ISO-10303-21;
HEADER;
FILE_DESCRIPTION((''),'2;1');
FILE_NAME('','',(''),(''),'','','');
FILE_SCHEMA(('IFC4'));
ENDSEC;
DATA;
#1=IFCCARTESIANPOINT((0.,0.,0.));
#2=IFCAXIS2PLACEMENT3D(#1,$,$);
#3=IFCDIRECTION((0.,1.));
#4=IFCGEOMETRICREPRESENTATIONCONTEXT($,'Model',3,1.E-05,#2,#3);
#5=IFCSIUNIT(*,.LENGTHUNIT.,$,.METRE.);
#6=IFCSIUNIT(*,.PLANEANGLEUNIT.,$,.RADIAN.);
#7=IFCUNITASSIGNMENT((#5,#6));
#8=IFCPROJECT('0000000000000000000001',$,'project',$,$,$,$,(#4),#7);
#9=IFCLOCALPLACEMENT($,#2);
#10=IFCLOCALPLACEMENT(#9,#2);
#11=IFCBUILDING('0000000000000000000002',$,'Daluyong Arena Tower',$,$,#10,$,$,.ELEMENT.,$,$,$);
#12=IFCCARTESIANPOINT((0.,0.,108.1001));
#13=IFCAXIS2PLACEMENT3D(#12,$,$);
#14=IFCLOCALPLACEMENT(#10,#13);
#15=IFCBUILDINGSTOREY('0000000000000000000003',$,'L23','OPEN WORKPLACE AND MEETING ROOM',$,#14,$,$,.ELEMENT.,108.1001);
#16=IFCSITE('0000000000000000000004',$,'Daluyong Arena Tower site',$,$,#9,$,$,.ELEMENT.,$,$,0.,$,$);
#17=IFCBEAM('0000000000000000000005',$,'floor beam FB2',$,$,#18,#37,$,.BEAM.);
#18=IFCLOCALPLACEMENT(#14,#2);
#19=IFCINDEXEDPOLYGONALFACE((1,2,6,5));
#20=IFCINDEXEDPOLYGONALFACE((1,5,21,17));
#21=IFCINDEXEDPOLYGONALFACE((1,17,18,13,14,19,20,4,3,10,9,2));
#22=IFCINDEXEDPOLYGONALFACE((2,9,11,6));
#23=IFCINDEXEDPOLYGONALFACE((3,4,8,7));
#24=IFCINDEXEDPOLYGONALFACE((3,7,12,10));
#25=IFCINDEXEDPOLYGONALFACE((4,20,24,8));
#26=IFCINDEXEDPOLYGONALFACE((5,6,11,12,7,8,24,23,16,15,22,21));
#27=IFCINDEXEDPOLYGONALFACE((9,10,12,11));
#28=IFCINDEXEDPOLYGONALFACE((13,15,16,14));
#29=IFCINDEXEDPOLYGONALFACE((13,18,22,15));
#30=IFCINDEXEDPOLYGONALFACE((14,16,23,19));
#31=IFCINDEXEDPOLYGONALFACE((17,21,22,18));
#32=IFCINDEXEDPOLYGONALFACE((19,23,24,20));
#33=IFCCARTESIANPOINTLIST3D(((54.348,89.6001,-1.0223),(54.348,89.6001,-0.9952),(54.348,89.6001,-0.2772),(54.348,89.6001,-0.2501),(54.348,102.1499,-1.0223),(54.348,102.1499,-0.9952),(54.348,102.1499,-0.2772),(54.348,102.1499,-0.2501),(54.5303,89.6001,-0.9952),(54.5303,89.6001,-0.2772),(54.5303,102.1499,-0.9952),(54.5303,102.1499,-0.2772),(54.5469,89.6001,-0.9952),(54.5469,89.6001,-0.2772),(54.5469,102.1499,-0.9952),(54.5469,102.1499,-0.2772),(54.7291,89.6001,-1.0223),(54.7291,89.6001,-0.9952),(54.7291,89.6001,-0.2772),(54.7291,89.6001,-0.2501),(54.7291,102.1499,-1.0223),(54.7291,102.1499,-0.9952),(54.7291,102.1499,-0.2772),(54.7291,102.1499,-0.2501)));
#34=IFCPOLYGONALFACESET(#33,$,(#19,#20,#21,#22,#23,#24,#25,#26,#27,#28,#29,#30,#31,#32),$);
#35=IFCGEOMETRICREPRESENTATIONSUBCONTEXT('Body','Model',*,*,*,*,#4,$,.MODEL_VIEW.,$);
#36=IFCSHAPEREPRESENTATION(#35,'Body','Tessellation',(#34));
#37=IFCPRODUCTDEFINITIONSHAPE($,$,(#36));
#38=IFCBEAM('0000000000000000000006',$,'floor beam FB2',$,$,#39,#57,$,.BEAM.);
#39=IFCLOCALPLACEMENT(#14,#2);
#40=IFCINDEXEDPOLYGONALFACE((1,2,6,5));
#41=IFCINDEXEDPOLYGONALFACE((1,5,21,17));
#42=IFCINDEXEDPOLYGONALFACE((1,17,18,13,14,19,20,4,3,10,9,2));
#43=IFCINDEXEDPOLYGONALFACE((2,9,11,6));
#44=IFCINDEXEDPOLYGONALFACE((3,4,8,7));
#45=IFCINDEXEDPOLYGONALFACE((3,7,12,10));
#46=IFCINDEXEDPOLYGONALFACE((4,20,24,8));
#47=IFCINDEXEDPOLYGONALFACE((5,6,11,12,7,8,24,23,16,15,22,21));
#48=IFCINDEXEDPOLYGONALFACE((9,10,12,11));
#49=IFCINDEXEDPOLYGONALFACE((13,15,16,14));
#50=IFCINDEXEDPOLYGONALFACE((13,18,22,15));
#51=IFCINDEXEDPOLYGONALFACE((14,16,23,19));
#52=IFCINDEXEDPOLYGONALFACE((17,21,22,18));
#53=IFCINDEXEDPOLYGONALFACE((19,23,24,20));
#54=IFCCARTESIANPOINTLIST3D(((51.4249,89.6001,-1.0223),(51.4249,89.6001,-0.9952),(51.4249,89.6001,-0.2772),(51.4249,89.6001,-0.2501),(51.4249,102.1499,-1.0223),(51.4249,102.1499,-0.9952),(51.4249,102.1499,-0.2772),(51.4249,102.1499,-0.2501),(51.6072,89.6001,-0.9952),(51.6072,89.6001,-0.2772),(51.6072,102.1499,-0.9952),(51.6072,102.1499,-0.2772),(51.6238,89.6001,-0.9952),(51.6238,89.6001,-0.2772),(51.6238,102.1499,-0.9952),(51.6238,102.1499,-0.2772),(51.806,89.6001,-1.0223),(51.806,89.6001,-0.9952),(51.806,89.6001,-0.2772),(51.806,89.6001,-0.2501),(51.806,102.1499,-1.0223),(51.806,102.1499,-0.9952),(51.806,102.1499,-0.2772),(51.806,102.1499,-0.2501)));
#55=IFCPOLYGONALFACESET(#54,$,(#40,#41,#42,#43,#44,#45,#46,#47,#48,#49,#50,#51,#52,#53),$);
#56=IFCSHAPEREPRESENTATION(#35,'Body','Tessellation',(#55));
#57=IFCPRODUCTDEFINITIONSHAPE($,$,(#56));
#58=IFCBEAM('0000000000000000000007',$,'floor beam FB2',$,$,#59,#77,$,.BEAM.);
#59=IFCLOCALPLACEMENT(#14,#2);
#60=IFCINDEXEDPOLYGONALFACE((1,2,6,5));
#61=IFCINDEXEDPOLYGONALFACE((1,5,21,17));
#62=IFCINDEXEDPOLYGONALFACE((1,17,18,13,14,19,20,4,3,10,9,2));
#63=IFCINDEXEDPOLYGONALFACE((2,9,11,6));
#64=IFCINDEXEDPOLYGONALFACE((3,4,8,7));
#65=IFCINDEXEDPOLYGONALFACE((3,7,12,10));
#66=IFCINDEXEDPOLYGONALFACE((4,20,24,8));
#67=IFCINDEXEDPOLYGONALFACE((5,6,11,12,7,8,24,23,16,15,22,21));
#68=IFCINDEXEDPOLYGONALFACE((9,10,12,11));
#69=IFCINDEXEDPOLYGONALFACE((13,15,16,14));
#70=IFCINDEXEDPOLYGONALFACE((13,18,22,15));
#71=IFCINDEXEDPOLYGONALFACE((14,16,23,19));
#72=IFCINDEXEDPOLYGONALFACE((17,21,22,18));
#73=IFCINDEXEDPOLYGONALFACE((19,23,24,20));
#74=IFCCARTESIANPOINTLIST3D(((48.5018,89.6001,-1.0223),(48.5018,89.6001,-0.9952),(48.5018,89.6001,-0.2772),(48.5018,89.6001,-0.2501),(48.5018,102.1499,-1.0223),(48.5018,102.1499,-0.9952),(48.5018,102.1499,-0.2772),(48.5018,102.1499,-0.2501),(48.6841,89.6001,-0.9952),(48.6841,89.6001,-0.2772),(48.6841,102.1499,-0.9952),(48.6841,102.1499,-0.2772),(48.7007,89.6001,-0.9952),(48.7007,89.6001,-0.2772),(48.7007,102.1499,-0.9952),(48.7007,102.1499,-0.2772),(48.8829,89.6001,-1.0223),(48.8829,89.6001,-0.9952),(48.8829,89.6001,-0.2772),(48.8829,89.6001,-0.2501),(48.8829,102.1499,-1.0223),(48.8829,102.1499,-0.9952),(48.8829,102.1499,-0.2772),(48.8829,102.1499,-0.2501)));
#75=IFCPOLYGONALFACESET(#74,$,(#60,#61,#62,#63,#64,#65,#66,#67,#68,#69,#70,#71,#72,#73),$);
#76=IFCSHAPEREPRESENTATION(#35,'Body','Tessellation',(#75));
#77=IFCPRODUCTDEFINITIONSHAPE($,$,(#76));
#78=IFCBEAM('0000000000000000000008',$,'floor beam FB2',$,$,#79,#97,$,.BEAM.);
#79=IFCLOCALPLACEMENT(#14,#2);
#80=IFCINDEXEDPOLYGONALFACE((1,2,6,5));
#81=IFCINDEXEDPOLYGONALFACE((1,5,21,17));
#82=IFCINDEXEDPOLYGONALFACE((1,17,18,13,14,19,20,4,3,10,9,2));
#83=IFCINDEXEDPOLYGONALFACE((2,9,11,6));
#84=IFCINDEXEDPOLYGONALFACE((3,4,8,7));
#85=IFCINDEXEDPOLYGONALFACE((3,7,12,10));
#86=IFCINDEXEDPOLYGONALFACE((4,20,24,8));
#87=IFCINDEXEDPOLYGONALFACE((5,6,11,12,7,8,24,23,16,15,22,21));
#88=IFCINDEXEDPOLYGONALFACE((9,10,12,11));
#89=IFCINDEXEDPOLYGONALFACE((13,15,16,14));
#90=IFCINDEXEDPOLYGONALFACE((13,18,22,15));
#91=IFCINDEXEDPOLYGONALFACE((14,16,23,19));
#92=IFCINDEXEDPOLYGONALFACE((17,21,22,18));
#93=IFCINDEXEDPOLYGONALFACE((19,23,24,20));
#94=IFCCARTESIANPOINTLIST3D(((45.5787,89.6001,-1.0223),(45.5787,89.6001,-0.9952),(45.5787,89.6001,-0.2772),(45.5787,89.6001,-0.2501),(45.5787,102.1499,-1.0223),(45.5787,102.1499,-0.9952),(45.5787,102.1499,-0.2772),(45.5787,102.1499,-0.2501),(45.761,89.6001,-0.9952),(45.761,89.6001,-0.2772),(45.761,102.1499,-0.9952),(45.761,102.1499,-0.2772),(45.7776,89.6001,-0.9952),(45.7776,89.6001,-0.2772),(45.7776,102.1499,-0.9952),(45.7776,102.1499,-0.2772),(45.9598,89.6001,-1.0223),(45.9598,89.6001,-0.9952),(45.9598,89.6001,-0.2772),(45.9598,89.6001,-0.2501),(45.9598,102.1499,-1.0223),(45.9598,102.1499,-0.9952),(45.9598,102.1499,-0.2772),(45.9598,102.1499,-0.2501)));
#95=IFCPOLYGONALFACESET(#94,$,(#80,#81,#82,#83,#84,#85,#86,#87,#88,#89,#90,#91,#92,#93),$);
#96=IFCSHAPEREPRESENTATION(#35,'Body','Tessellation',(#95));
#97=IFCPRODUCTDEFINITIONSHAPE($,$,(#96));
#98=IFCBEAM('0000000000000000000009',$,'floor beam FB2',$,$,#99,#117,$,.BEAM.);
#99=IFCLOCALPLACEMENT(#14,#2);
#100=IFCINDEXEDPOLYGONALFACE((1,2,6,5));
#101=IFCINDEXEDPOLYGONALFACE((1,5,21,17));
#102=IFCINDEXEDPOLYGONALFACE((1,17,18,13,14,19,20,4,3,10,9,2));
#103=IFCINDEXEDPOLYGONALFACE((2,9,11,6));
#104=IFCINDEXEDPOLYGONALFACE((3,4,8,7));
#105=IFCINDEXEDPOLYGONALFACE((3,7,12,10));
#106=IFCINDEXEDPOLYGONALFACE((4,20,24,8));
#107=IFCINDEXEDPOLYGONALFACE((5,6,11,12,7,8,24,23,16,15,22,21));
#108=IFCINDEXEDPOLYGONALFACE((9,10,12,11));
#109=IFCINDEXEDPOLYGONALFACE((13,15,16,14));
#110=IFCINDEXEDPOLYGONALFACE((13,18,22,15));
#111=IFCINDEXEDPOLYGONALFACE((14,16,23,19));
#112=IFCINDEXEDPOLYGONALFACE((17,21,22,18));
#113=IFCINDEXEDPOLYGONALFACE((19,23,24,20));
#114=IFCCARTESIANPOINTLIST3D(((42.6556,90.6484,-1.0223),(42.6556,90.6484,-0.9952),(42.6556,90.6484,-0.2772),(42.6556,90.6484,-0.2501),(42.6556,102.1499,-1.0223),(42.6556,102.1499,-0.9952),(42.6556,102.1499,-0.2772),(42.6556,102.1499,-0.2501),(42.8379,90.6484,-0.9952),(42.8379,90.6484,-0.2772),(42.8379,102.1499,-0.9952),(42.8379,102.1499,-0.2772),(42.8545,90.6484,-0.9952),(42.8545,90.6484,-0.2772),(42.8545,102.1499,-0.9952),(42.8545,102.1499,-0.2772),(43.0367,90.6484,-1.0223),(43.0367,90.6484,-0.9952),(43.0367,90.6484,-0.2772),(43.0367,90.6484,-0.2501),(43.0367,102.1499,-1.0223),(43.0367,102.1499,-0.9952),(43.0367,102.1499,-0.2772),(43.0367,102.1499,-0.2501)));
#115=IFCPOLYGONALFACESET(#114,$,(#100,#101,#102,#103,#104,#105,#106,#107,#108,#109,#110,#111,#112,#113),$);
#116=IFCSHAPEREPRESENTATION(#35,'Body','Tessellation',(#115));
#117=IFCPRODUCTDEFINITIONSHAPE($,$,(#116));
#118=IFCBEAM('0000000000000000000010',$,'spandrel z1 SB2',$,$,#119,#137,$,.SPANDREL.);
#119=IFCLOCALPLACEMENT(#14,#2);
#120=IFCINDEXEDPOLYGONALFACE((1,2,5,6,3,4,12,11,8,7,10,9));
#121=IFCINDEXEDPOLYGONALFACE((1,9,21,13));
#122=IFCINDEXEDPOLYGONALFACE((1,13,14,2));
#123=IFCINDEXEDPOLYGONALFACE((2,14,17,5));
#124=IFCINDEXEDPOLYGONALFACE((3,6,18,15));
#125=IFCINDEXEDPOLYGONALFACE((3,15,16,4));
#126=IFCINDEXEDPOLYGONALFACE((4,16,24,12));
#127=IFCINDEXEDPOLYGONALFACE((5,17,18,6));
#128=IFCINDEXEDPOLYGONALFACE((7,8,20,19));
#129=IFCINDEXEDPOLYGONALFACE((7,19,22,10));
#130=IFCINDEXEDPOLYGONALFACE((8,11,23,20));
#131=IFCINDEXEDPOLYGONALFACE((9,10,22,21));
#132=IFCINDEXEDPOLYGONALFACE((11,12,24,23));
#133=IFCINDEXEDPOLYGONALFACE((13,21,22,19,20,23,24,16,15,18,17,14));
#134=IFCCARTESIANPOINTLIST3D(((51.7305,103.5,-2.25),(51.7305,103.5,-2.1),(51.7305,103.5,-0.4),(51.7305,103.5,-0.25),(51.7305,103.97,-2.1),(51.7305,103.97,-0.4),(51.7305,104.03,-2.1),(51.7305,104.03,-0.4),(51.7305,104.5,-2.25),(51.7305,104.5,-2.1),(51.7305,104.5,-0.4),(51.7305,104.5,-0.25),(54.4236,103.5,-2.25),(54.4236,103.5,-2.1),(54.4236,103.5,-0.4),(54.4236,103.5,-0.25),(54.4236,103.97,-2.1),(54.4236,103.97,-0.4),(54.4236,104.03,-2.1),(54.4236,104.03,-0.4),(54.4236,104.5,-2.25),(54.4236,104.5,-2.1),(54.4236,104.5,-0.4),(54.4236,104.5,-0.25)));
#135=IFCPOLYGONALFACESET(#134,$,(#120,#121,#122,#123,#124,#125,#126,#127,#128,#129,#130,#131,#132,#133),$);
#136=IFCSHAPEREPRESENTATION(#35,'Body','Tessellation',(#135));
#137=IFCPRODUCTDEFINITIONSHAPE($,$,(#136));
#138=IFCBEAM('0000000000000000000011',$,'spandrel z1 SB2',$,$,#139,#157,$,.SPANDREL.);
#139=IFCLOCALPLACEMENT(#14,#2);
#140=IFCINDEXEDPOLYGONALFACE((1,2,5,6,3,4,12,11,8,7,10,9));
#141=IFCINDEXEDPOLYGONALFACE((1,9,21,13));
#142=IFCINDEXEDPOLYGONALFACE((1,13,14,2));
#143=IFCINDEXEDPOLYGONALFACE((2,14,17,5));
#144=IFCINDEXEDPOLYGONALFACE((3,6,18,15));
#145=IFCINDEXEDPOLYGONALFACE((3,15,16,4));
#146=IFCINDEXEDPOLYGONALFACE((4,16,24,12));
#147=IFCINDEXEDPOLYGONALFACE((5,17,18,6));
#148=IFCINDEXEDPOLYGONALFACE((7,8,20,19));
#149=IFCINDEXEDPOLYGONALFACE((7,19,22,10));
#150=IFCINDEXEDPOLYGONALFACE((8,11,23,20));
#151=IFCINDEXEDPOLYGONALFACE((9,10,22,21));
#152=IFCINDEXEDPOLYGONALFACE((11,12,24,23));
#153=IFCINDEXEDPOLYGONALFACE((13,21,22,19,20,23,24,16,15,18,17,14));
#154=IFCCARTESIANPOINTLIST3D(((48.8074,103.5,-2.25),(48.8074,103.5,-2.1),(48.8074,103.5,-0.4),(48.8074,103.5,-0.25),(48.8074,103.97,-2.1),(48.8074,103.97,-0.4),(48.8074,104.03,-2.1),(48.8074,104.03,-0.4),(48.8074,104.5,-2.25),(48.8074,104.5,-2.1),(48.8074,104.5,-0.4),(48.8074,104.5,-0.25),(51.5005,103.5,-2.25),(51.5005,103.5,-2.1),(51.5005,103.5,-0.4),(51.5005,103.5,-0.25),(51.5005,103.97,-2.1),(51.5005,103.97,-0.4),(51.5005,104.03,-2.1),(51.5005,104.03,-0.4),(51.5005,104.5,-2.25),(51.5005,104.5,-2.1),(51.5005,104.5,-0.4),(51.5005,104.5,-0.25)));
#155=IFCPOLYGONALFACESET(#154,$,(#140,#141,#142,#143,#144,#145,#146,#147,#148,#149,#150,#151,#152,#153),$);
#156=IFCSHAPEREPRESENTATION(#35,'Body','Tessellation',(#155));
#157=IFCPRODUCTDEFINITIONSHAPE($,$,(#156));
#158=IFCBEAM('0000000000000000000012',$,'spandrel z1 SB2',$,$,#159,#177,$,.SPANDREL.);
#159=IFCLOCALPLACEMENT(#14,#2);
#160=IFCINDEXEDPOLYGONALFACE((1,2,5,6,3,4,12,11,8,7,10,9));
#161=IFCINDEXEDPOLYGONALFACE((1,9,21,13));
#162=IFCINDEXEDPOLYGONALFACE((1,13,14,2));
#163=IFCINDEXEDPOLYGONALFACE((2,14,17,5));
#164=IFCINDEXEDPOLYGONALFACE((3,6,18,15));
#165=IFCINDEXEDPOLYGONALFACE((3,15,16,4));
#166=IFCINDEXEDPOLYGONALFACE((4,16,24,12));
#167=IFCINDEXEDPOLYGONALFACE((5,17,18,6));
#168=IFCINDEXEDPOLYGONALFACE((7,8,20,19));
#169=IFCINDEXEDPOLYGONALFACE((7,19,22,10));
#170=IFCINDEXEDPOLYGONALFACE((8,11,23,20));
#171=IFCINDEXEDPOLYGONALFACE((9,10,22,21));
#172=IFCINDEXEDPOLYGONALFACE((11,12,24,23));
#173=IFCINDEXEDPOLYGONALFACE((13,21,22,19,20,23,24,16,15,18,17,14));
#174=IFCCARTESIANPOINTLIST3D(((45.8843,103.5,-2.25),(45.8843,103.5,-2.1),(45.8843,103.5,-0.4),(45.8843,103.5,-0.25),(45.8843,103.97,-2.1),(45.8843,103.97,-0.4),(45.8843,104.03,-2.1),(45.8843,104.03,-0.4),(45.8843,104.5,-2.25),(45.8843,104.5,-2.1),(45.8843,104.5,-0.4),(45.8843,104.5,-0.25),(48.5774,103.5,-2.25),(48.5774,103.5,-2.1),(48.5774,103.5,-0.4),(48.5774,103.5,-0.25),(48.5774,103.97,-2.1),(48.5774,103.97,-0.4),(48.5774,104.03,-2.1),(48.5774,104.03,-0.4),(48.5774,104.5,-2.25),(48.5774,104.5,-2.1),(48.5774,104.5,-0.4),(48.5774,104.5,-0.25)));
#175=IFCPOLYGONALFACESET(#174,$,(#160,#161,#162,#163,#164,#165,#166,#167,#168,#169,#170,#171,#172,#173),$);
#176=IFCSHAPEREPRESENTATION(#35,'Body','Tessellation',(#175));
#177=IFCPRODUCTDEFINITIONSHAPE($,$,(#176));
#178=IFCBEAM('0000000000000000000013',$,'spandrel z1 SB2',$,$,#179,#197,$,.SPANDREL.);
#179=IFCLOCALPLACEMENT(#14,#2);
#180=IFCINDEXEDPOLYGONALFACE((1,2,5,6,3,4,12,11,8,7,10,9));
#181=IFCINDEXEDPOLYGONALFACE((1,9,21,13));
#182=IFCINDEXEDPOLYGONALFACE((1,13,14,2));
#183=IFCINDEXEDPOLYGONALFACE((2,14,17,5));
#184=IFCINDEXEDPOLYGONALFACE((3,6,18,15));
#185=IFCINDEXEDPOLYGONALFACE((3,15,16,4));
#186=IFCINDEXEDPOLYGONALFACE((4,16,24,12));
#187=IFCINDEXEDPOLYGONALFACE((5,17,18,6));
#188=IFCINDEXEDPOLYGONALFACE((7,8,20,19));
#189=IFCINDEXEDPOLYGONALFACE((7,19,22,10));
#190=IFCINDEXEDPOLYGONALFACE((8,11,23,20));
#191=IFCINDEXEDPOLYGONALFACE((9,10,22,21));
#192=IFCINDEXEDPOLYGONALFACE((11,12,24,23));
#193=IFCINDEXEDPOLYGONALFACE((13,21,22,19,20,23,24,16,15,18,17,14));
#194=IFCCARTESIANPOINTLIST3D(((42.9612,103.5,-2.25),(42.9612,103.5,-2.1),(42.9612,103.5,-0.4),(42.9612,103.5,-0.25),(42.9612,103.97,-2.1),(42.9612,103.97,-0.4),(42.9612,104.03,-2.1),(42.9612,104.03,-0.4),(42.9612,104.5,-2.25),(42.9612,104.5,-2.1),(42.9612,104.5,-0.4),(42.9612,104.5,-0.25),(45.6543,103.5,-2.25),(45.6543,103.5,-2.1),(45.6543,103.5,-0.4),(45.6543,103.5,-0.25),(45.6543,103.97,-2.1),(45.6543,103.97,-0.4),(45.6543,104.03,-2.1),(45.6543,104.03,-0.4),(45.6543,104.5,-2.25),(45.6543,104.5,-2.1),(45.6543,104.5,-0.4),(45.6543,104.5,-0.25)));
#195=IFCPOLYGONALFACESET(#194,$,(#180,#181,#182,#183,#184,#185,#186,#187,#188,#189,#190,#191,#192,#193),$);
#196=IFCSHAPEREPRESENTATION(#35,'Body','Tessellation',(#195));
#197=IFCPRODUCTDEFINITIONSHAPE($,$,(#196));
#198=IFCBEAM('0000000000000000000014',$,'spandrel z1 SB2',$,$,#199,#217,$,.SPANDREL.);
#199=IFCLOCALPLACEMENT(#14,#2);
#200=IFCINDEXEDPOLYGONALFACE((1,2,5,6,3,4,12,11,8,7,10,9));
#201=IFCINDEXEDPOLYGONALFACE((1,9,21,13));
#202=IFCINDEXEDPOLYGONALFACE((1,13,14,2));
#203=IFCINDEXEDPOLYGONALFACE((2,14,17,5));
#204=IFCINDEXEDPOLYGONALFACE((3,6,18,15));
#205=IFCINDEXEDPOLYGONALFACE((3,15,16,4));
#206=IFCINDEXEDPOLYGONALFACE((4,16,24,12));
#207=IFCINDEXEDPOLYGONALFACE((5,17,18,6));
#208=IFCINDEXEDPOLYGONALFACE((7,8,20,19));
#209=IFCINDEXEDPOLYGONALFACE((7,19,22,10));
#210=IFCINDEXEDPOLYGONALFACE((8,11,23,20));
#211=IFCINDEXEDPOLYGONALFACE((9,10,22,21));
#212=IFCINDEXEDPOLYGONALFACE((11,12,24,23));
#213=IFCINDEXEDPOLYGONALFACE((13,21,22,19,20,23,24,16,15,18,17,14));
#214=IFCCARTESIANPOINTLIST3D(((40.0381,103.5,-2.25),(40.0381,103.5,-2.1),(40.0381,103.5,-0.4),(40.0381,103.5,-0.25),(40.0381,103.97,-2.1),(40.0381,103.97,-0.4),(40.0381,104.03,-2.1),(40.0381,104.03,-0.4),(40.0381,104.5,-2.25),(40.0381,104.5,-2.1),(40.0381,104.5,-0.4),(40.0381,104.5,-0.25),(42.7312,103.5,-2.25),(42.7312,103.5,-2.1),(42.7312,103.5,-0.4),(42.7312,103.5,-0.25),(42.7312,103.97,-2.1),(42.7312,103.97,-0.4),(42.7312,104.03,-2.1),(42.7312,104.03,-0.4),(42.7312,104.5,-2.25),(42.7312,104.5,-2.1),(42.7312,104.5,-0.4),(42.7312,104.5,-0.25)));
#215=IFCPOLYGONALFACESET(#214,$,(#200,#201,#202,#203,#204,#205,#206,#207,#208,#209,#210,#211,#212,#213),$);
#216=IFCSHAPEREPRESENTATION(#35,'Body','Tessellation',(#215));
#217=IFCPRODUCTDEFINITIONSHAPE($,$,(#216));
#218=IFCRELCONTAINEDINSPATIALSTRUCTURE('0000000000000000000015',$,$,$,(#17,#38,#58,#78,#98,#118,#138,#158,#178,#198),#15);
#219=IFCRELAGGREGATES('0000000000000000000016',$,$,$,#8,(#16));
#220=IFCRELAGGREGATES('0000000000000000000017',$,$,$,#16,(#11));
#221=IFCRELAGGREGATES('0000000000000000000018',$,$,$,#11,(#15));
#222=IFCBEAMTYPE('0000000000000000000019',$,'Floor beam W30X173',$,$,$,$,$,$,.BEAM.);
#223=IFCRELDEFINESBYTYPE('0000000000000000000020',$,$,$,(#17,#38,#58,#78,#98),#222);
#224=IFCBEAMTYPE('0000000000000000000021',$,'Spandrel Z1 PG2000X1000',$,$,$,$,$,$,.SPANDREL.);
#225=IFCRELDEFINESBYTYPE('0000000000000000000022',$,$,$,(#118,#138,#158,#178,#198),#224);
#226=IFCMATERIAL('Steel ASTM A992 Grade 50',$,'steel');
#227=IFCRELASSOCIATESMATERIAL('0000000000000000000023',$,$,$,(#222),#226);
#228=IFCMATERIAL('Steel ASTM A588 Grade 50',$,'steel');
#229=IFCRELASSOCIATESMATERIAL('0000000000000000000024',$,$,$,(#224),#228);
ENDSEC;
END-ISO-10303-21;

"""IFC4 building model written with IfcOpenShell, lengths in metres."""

from ifc_helpers import new_model, si_unit, direction, frame, origin, origin_2d, place, context, subcontext, project, spatial, i_section, extrude, material, material_profile, profile_set, type_object, element, save


model = new_model("IFC4")

# Units and contexts
model_context = context("Model", 3, precision=1e-05, world=origin(), true_north=direction((0.0, 1.0)))
body_context = subcontext(model_context, "Body", "Model", "MODEL_VIEW")
ifc_project = project(units=[si_unit("LENGTHUNIT", "METRE"), si_unit("PLANEANGLEUNIT", "RADIAN")], contexts=[model_context])

# Site, building, storey
site_placement = place(None, origin())
site = spatial("IfcSite", under=ifc_project, at=site_placement, Name="Daluyong Arena Tower site", CompositionType="ELEMENT", RefElevation=0.0)
building_placement = place(site_placement, origin())
building = spatial("IfcBuilding", under=site, at=building_placement, Name="Daluyong Arena Tower", CompositionType="ELEMENT")
storey_placement = place(building_placement, frame((0.0, 0.0, 108.1001)))
storey = spatial("IfcBuildingStorey", under=building, at=storey_placement, Name="L23", Description="OPEN WORKPLACE AND MEETING ROOM", CompositionType="ELEMENT", Elevation=108.1001)

# Beams
ifc_material_1 = material(Name="Steel ASTM A992 Grade 50", Category="steel")
ifc_material_profile_1 = material_profile(ifc_material_1, i_section(OverallWidth=0.3811, OverallDepth=0.7722, WebThickness=0.0166, FlangeThickness=0.0271, at=origin_2d()))
ifc_profile_set_1 = profile_set([ifc_material_profile_1], Name="Steel ASTM A992 Grade 50")
beam_type_1 = type_object("IfcBeamType", Name="Floor beam W30X173", PredefinedType="BEAM", material=ifc_profile_set_1)
for number, where, z_axis, x_axis, name in (
    (1, (54.5386, 102.1499, -0.6362), (0.0, -1.0, 0.0), (1.0, 0.0, 0.0), "floor beam FB2"),
    (2, (51.6155, 102.1499, -0.6362), (0.0, -1.0, 0.0), (1.0, 0.0, 0.0), "floor beam FB2"),
    (3, (48.6924, 102.1499, -0.6362), (0.0, -1.0, 0.0), (1.0, 0.0, 0.0), "floor beam FB2"),
    (4, (45.7693, 102.1499, -0.6362), (0.0, -1.0, 0.0), (1.0, 0.0, 0.0), "floor beam FB2"),
):
    element("IfcBeam", number, at=place(storey_placement, frame(where, z_axis=z_axis, x_axis=x_axis)), inside=storey, type_object=beam_type_1, Name=name, PredefinedType="BEAM", context=body_context, shape_type="SweptSolid", body=[
        extrude(i_section(OverallWidth=0.3811, OverallDepth=0.7722, WebThickness=0.0166, FlangeThickness=0.0271, at=origin_2d()), origin(), (0.0, 0.0, 1.0), 12.5498),
    ])
beam_1_placement = place(storey_placement, frame((42.8462, 102.1499, -0.6362), z_axis=(0.0, -1.0, 0.0), x_axis=(1.0, 0.0, 0.0)))
element("IfcBeam", 5, at=beam_1_placement, inside=storey, type_object=beam_type_1, Name="floor beam FB2", PredefinedType="BEAM", context=body_context, shape_type="SweptSolid", body=[
    extrude(i_section(OverallWidth=0.3811, OverallDepth=0.7722, WebThickness=0.0166, FlangeThickness=0.0271, at=origin_2d()), origin(), (0.0, 0.0, 1.0), 11.5015),
])
ifc_material_2 = material(Name="Steel ASTM A588 Grade 50", Category="steel")
ifc_material_profile_2 = material_profile(ifc_material_2, i_section(OverallWidth=1.0, OverallDepth=2.0, WebThickness=0.06, FlangeThickness=0.15, at=origin_2d()))
ifc_profile_set_2 = profile_set([ifc_material_profile_2], Name="Steel ASTM A588 Grade 50")
beam_type_2 = type_object("IfcBeamType", Name="Spandrel Z1 PG2000X1000", PredefinedType="SPANDREL", material=ifc_profile_set_2)
for number, where, z_axis, x_axis, name in (
    (6, (54.4236, 104.0, -1.25), (-1.0, 0.0, 0.0), (0.0, -1.0, 0.0), "spandrel z1 SB2"),
    (7, (51.5005, 104.0, -1.25), (-1.0, 0.0, 0.0), (0.0, -1.0, 0.0), "spandrel z1 SB2"),
    (8, (48.5774, 104.0, -1.25), (-1.0, 0.0, 0.0), (0.0, -1.0, 0.0), "spandrel z1 SB2"),
    (9, (45.6543, 104.0, -1.25), (-1.0, 0.0, 0.0), (0.0, -1.0, 0.0), "spandrel z1 SB2"),
    (10, (42.7312, 104.0, -1.25), (-1.0, 0.0, 0.0), (0.0, -1.0, 0.0), "spandrel z1 SB2"),
):
    element("IfcBeam", number, at=place(storey_placement, frame(where, z_axis=z_axis, x_axis=x_axis)), inside=storey, type_object=beam_type_2, Name=name, PredefinedType="SPANDREL", context=body_context, shape_type="SweptSolid", body=[
        extrude(i_section(OverallWidth=1.0, OverallDepth=2.0, WebThickness=0.06, FlangeThickness=0.15, at=origin_2d()), origin(), (0.0, 0.0, 1.0), 2.6931),
    ])

save(model, "model.ifc")
